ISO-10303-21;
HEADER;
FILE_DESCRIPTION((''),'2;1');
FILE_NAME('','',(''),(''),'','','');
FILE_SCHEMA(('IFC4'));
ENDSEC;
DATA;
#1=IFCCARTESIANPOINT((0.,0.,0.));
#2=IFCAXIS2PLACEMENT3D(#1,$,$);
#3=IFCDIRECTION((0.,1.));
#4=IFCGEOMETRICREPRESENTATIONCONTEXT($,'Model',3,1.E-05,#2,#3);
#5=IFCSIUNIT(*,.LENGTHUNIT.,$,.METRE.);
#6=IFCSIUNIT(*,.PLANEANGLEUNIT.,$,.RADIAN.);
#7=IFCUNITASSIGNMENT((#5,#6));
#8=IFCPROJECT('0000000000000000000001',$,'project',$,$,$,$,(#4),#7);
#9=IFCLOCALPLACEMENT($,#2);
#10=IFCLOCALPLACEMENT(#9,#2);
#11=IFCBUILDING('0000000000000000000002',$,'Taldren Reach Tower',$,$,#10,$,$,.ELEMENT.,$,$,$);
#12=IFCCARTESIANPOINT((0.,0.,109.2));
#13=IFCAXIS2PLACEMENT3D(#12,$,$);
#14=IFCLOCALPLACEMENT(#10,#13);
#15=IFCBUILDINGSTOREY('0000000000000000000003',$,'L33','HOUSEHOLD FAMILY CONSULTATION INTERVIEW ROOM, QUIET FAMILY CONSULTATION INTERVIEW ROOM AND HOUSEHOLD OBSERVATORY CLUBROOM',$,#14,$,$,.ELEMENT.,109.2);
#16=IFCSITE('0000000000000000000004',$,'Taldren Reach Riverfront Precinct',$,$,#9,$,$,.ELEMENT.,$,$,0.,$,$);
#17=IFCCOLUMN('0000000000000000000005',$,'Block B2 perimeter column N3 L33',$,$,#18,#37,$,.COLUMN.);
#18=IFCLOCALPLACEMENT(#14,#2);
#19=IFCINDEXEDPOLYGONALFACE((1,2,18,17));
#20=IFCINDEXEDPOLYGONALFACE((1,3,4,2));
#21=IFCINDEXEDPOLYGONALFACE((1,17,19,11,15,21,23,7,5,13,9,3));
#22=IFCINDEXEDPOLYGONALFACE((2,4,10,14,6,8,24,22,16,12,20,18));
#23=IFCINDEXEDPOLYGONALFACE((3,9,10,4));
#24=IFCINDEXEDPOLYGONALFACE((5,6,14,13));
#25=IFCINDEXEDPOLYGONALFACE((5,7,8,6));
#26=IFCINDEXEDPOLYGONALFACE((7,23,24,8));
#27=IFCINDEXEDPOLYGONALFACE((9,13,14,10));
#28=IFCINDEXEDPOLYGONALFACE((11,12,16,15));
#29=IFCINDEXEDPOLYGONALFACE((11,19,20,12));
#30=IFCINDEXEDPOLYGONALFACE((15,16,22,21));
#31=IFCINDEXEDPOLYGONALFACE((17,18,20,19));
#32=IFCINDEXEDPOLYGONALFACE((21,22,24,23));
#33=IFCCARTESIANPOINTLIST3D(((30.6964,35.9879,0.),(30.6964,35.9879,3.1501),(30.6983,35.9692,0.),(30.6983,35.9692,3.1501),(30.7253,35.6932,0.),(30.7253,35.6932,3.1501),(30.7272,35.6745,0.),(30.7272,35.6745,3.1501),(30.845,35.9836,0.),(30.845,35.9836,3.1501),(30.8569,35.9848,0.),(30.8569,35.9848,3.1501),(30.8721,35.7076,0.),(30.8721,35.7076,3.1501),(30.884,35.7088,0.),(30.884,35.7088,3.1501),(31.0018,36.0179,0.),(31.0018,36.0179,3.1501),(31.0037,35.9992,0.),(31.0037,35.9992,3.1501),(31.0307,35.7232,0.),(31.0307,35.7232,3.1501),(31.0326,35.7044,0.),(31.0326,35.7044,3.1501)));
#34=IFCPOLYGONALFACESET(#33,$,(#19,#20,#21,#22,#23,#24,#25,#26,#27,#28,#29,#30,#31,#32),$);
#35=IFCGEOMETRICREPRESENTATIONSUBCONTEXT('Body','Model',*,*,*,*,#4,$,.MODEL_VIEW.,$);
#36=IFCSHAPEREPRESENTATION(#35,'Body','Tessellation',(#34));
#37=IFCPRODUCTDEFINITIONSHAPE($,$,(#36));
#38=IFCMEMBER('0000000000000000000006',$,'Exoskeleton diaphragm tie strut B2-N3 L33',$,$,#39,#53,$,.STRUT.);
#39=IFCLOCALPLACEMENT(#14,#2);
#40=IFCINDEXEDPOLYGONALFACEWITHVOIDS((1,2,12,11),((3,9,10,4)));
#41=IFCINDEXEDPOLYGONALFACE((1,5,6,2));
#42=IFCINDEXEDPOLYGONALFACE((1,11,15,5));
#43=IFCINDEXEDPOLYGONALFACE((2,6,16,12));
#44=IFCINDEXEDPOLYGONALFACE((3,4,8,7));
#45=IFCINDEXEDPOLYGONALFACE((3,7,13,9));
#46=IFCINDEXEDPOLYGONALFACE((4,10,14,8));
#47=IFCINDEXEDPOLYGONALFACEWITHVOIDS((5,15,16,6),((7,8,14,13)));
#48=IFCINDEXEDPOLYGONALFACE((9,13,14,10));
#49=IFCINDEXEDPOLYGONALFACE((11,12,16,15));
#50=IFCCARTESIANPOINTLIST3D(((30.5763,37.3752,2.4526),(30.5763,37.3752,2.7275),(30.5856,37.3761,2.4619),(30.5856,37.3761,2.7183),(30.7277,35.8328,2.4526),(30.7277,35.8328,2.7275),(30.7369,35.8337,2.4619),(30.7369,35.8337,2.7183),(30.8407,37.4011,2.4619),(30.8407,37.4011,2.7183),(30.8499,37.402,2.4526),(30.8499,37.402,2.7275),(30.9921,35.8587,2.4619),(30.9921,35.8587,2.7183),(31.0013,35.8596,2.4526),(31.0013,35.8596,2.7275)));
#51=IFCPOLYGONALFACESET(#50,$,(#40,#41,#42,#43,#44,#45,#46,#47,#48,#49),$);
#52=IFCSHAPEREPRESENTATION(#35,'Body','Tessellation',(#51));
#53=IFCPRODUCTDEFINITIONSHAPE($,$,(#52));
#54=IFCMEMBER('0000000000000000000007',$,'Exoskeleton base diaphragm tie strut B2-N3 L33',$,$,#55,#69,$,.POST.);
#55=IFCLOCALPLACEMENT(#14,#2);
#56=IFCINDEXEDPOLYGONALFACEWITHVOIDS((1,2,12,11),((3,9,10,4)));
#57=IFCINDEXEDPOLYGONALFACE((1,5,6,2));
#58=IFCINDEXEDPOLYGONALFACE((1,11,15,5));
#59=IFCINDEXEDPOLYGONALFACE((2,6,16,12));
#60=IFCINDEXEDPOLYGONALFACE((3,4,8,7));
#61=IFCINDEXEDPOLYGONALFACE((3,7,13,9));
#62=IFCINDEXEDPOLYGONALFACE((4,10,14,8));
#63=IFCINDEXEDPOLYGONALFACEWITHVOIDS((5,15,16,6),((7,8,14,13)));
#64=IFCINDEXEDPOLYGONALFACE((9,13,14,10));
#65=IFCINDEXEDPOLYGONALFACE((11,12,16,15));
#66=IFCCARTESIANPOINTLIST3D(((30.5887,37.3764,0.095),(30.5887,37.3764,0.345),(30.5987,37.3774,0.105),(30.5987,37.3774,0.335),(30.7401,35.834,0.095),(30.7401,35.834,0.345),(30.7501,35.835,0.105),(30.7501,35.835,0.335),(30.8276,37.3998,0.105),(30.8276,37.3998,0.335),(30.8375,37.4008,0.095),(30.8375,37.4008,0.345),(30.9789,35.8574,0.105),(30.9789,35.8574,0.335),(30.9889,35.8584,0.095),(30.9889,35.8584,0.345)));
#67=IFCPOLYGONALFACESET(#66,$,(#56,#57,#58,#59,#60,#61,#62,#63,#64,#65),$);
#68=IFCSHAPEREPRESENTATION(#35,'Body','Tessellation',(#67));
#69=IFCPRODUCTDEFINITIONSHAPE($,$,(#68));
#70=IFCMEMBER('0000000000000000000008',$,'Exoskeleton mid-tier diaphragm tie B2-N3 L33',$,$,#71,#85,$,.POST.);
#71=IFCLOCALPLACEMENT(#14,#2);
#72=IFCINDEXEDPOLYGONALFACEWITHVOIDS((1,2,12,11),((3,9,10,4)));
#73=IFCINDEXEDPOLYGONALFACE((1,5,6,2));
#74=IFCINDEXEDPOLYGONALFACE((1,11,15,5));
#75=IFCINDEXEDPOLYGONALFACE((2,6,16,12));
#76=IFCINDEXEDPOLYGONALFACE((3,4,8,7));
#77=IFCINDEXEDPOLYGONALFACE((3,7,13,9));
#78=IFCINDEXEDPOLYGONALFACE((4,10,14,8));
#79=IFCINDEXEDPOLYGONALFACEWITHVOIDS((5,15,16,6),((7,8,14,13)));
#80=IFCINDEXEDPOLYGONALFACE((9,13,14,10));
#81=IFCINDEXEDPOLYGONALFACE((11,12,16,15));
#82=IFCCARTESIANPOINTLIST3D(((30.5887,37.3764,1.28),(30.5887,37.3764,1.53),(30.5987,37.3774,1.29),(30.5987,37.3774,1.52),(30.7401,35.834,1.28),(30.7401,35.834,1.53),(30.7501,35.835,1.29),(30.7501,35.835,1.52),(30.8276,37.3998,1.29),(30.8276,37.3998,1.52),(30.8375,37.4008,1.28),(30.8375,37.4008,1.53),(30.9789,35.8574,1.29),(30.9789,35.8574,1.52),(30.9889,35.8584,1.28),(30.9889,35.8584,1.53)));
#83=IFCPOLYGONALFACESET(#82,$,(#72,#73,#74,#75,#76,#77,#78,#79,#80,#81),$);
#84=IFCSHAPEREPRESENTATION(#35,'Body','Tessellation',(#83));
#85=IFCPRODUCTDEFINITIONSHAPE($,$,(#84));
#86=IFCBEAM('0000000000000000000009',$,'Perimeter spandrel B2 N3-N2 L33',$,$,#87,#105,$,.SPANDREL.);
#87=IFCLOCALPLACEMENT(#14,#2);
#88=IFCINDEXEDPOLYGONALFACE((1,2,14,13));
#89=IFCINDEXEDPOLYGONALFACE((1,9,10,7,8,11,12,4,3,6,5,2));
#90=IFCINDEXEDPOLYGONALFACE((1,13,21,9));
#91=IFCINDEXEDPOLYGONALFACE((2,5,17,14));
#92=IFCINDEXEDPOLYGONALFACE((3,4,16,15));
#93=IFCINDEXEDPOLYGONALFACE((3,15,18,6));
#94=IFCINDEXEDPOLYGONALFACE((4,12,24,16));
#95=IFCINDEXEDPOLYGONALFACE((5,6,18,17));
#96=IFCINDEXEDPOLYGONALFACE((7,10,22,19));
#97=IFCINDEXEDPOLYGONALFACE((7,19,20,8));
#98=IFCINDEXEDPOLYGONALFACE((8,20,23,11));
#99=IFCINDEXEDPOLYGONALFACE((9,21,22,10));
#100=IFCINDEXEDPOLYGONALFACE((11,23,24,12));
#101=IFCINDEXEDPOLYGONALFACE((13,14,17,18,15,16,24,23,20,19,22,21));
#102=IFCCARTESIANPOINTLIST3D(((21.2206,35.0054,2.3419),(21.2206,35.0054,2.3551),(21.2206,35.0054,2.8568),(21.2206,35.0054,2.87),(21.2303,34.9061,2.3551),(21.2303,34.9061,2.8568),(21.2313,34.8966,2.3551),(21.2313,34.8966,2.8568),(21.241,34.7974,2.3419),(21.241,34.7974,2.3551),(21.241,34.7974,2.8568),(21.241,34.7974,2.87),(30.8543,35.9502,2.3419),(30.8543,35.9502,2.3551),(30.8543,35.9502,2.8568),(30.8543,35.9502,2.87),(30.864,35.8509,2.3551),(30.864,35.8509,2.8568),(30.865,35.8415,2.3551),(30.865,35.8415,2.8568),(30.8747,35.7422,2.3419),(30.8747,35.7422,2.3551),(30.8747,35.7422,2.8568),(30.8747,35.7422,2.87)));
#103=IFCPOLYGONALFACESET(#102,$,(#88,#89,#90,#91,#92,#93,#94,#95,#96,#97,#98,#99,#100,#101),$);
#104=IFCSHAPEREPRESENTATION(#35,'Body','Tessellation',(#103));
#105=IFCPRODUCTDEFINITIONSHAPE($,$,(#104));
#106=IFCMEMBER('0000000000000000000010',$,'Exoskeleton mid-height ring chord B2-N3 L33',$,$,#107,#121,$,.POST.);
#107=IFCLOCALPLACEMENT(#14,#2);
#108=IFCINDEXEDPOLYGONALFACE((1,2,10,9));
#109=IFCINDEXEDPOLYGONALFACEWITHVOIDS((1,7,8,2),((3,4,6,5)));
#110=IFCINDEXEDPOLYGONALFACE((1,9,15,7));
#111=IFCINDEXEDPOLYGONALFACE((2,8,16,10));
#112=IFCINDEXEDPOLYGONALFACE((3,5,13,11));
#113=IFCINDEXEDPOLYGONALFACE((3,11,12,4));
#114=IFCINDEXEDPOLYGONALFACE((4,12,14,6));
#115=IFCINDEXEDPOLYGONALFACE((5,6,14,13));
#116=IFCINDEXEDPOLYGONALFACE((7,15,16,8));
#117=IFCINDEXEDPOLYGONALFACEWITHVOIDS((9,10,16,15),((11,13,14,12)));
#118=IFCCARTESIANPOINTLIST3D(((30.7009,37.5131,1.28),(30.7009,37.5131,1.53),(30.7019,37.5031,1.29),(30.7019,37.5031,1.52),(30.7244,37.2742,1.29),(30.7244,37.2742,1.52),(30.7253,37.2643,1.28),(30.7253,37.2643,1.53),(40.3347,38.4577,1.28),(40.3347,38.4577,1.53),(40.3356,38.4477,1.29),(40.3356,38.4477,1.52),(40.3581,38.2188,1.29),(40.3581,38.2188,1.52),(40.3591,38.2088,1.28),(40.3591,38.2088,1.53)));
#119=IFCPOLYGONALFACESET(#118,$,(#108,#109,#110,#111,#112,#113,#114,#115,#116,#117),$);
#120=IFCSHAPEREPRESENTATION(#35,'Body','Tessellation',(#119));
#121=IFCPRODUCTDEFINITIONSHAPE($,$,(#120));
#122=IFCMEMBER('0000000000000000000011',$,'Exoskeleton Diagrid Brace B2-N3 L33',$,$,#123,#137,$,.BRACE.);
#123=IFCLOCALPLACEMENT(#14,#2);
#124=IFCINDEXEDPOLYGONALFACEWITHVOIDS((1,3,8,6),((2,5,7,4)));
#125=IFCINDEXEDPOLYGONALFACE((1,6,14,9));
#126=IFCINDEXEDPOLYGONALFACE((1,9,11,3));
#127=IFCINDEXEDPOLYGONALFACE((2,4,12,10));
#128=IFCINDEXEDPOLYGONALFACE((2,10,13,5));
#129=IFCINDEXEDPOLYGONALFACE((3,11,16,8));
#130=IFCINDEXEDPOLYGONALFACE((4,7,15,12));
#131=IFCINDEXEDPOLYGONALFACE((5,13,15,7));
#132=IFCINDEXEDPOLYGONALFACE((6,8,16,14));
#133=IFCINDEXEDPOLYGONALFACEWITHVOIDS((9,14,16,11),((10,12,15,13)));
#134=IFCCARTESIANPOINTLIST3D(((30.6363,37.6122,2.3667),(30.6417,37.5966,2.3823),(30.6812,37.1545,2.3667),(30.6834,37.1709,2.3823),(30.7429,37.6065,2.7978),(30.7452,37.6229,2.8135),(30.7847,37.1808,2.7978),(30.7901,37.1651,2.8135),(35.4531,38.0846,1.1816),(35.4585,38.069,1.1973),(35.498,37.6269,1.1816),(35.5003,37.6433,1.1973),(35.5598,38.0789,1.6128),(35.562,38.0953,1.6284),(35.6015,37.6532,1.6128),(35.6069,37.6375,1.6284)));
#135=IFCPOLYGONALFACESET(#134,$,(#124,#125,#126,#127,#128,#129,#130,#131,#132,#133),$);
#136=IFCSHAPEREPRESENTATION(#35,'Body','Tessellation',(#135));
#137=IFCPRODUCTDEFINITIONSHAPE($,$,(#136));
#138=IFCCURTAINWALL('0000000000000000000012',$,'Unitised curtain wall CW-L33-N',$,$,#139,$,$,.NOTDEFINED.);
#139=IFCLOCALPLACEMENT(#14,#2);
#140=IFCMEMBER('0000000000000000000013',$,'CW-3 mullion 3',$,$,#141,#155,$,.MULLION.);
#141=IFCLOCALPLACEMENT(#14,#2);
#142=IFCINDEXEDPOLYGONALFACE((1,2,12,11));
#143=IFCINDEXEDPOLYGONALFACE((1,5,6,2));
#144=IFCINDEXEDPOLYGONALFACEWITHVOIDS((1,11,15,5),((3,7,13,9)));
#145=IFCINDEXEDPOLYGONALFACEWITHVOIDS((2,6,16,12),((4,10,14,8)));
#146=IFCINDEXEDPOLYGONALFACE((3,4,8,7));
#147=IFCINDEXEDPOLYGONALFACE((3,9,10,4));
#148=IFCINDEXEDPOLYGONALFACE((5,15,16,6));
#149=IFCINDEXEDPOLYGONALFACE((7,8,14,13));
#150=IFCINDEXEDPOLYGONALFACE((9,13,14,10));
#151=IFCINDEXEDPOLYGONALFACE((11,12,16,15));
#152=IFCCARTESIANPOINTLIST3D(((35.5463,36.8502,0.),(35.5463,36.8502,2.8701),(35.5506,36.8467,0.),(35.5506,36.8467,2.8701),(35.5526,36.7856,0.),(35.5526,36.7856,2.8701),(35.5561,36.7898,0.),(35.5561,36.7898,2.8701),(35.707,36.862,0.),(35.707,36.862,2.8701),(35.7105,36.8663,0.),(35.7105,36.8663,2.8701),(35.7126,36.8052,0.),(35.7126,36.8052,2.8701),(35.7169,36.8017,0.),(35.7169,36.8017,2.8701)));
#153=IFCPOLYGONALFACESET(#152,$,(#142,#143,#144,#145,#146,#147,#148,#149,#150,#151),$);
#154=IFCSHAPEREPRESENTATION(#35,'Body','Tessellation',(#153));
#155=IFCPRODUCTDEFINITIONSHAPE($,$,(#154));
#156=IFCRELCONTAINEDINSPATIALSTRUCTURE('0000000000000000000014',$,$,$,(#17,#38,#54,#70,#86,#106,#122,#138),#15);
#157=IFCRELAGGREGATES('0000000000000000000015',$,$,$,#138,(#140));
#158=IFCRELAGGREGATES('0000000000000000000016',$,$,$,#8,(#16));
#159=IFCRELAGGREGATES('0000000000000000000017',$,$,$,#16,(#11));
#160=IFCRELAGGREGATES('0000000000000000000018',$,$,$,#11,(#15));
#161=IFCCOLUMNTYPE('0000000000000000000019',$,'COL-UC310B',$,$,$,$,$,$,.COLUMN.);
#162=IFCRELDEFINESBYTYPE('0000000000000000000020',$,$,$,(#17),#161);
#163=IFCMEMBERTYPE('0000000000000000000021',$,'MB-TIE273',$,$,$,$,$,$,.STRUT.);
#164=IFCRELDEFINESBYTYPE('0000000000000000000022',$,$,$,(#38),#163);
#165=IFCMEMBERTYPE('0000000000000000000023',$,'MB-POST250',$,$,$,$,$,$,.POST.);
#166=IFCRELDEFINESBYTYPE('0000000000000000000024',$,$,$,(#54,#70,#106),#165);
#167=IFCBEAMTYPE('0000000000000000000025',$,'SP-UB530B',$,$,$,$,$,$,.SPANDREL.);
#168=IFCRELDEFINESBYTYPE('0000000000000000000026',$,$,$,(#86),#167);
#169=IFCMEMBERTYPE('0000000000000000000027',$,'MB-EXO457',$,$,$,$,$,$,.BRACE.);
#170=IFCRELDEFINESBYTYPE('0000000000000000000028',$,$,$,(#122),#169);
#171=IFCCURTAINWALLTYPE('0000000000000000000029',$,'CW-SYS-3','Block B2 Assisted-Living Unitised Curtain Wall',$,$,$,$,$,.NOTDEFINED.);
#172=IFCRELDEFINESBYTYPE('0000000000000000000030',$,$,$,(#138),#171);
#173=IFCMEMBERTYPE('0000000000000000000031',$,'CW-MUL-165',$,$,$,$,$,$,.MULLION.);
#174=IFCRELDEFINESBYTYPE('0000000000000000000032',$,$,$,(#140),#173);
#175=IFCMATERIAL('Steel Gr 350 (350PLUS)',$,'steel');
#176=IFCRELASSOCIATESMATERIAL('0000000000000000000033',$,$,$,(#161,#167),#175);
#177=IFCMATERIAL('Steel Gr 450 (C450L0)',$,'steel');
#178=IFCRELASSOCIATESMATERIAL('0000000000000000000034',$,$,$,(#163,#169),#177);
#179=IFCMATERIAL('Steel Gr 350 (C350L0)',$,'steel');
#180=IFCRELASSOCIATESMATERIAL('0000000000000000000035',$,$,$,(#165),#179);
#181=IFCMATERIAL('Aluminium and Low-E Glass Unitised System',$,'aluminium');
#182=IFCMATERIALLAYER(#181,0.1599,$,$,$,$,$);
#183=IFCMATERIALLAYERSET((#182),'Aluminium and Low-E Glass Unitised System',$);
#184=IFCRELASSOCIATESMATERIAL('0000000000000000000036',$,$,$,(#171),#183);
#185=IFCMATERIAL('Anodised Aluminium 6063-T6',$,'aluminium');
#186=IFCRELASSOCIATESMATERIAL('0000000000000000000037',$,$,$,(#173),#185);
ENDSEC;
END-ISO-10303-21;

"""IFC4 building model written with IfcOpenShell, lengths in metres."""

from ifc_helpers import new_model, si_unit, direction, frame, origin, origin_2d, place, context, subcontext, project, spatial, hollow_rectangle, i_section, extrude, source, transform, mapped, material, layer, layer_set, material_profile, profile_set, type_object, element, aggregate, save


model = new_model("IFC4")

# Units and contexts
model_context = context("Model", 3, precision=1e-05, world=origin(), true_north=direction((0.0, 1.0)))
body_context = subcontext(model_context, "Body", "Model", "MODEL_VIEW")
ifc_project = project(units=[si_unit("LENGTHUNIT", "METRE"), si_unit("PLANEANGLEUNIT", "RADIAN")], contexts=[model_context])

# Site, building, storey
site_placement = place(None, origin())
site = spatial("IfcSite", under=ifc_project, at=site_placement, Name="Taldren Reach Riverfront Precinct", CompositionType="ELEMENT", RefElevation=0.0)
building_placement = place(site_placement, origin())
building = spatial("IfcBuilding", under=site, at=building_placement, Name="Taldren Reach Tower", CompositionType="ELEMENT")
storey_placement = place(building_placement, frame((0.0, 0.0, 109.2)))
storey = spatial("IfcBuildingStorey", under=building, at=storey_placement, Name="L33", Description="HOUSEHOLD FAMILY CONSULTATION INTERVIEW ROOM, QUIET FAMILY CONSULTATION INTERVIEW ROOM AND HOUSEHOLD OBSERVATORY CLUBROOM", CompositionType="ELEMENT", Elevation=109.2)

# Column
ifc_material_1 = material(Name="Steel Gr 350 (350PLUS)", Category="steel")
ifc_material_profile_1 = material_profile(ifc_material_1, i_section(OverallWidth=0.3069, OverallDepth=0.3149, WebThickness=0.012, FlangeThickness=0.0188, at=origin_2d()), Name="310UC118")
ifc_profile_set_1 = profile_set([ifc_material_profile_1], Name="Steel Gr 350 (350PLUS)")
column_type = type_object("IfcColumnType", Name="COL-UC310B", PredefinedType="COLUMN", material=ifc_profile_set_1)
shared_shape_1 = source(origin(), body_context, "Body", "SweptSolid", [
    extrude(i_section(OverallWidth=0.3069, OverallDepth=0.3149, WebThickness=0.012, FlangeThickness=0.0188, at=origin_2d()), origin(), (0.0, 0.0, 1.0), 3.1501),
])
column_placement = place(storey_placement, frame((30.8645, 35.8462, 0.0), z_axis=(0.0, 0.0, 1.0), x_axis=(0.995227, 0.097583, 0.0)))
element("IfcColumn", 1, at=column_placement, inside=storey, type_object=column_type, Name="Block B2 perimeter column N3 L33", PredefinedType="COLUMN", context=body_context, shape_type="MappedRepresentation", body=[
    mapped(shared_shape_1, transform((0.0, 0.0, 0.0), scale=1.0)),
])

# Members
ifc_material_2 = material(Name="Steel Gr 450 (C450L0)", Category="steel")
ifc_material_profile_2 = material_profile(ifc_material_2, hollow_rectangle(XDim=0.2749, YDim=0.2749, WallThickness=0.0093, at=origin_2d()), Name="275x275x9.3SHS")
ifc_profile_set_2 = profile_set([ifc_material_profile_2], Name="Steel Gr 450 (C450L0)")
member_type_1 = type_object("IfcMemberType", Name="MB-TIE273", PredefinedType="STRUT", material=ifc_profile_set_2)
shared_shape_2 = source(origin(), body_context, "Body", "SweptSolid", [
    extrude(hollow_rectangle(XDim=0.2749, YDim=0.2749, WallThickness=0.0093, at=origin_2d()), origin(), (0.0, 0.0, 1.0), 1.5498),
])
member_1_placement = place(storey_placement, frame((30.8645, 35.8462, 2.5901), z_axis=(-0.097663, 0.99522, 0.0), x_axis=(-0.99522, -0.097663, 0.0)))
element("IfcMember", 2, at=member_1_placement, inside=storey, type_object=member_type_1, Name="Exoskeleton diaphragm tie strut B2-N3 L33", PredefinedType="STRUT", context=body_context, shape_type="MappedRepresentation", body=[
    mapped(shared_shape_2, transform((0.0, 0.0, 0.0), scale=1.0)),
])
ifc_material_3 = material(Name="Steel Gr 350 (C350L0)", Category="steel")
ifc_material_profile_3 = material_profile(ifc_material_3, hollow_rectangle(XDim=0.25, YDim=0.25, WallThickness=0.01, at=origin_2d()), Name="250x250x10.0SHS")
ifc_profile_set_3 = profile_set([ifc_material_profile_3], Name="Steel Gr 350 (C350L0)")
member_type_2 = type_object("IfcMemberType", Name="MB-POST250", PredefinedType="POST", material=ifc_profile_set_3)
shared_shape_3 = source(origin(), body_context, "Body", "SweptSolid", [
    extrude(hollow_rectangle(XDim=0.25, YDim=0.25, WallThickness=0.01, at=origin_2d()), origin(), (0.0, 0.0, 1.0), 1.5498),
])
for number, where, z_axis, x_axis, name in (
    (3, (30.8645, 35.8462, 0.22), (-0.097663, 0.99522, 0.0), (-0.99522, -0.097663, 0.0), "Exoskeleton base diaphragm tie strut B2-N3 L33"),
    (4, (30.8645, 35.8462, 1.405), (-0.097663, 0.99522, 0.0), (-0.99522, -0.097663, 0.0), "Exoskeleton mid-tier diaphragm tie B2-N3 L33"),
):
    element("IfcMember", number, at=place(storey_placement, frame(where, z_axis=z_axis, x_axis=x_axis)), inside=storey, type_object=member_type_2, Name=name, PredefinedType="POST", context=body_context, shape_type="MappedRepresentation", body=[
        mapped(shared_shape_3, transform((0.0, 0.0, 0.0), scale=1.0)),
    ])

# Beam
ifc_material_profile_4 = material_profile(ifc_material_1, i_section(OverallWidth=0.209, OverallDepth=0.5281, WebThickness=0.0095, FlangeThickness=0.0132, at=origin_2d()), Name="530UB82.0")
ifc_profile_set_4 = profile_set([ifc_material_profile_4], Name="Steel Gr 350 (350PLUS)")
beam_type = type_object("IfcBeamType", Name="SP-UB530B", PredefinedType="SPANDREL", material=ifc_profile_set_4)
shared_shape_4 = source(origin(), body_context, "Body", "SweptSolid", [
    extrude(i_section(OverallWidth=0.209, OverallDepth=0.5281, WebThickness=0.0095, FlangeThickness=0.0132, at=origin_2d()), origin(), (0.0, 0.0, 1.0), 9.6799),
])
beam_placement = place(storey_placement, frame((30.8645, 35.8462, 2.606), z_axis=(-0.995225, -0.097606, 0.0), x_axis=(0.097606, -0.995225, 0.0)))
element("IfcBeam", 5, at=beam_placement, inside=storey, type_object=beam_type, Name="Perimeter spandrel B2 N3-N2 L33", PredefinedType="SPANDREL", context=body_context, shape_type="MappedRepresentation", body=[
    mapped(shared_shape_4, transform((0.0, 0.0, 0.0), scale=1.0)),
])

# Members
shared_shape_5 = source(origin(), body_context, "Body", "SweptSolid", [
    extrude(hollow_rectangle(XDim=0.25, YDim=0.25, WallThickness=0.01, at=origin_2d()), origin(), (0.0, 0.0, 1.0), 9.6799),
])
member_2_placement = place(storey_placement, frame((30.7131, 37.3887, 1.405), z_axis=(0.995228, 0.097581, 0.0), x_axis=(-0.097581, 0.995228, 0.0)))
element("IfcMember", 6, at=member_2_placement, inside=storey, type_object=member_type_2, Name="Exoskeleton mid-height ring chord B2-N3 L33", PredefinedType="POST", context=body_context, shape_type="MappedRepresentation", body=[
    mapped(shared_shape_5, transform((0.0, 0.0, 0.0), scale=1.0)),
])
ifc_material_profile_5 = material_profile(ifc_material_2, hollow_rectangle(XDim=0.46, YDim=0.46, WallThickness=0.0161, at=origin_2d()), Name="460x460x16.0SHS")
ifc_profile_set_5 = profile_set([ifc_material_profile_5], Name="Steel Gr 450 (C450L0)")
member_type_3 = type_object("IfcMemberType", Name="MB-EXO457", PredefinedType="BRACE", material=ifc_profile_set_5)
shared_shape_6 = source(origin(), body_context, "Body", "SweptSolid", [
    extrude(hollow_rectangle(XDim=0.46, YDim=0.46, WallThickness=0.0161, at=origin_2d()), origin(), (0.0, 0.0, 1.0), 4.9829),
])
member_3_placement = place(storey_placement, frame((35.53, 37.8611, 1.405), z_axis=(-0.966671, -0.094805, 0.237822), x_axis=(0.097606, -0.995225, 0.0)))
element("IfcMember", 7, at=member_3_placement, inside=storey, type_object=member_type_3, Name="Exoskeleton Diagrid Brace B2-N3 L33", PredefinedType="BRACE", context=body_context, shape_type="MappedRepresentation", body=[
    mapped(shared_shape_6, transform((0.0, 0.0, 0.0), scale=1.0)),
])

# Curtain wall, member
ifc_material_4 = material(Name="Aluminium and Low-E Glass Unitised System", Category="aluminium")
ifc_layer_1 = layer(ifc_material_4, 0.1599)
ifc_layer_set_1 = layer_set([ifc_layer_1], Name="Aluminium and Low-E Glass Unitised System")
curtain_wall_type = type_object("IfcCurtainWallType", Name="CW-SYS-3", Description="Block B2 Assisted-Living Unitised Curtain Wall", PredefinedType="NOTDEFINED", material=ifc_layer_set_1)
curtain_wall_placement = place(storey_placement, origin())
curtain_wall = element("IfcCurtainWall", 8, at=curtain_wall_placement, inside=storey, type_object=curtain_wall_type, Name="Unitised curtain wall CW-L33-N", PredefinedType="NOTDEFINED")
ifc_material_5 = material(Name="Anodised Aluminium 6063-T6", Category="aluminium")
ifc_material_profile_6 = material_profile(ifc_material_5, hollow_rectangle(XDim=0.0649, YDim=0.165, WallThickness=0.0039, at=origin_2d()), Name="ALU-165x65x4RHS")
ifc_profile_set_6 = profile_set([ifc_material_profile_6], Name="Anodised Aluminium 6063-T6")
member_type_4 = type_object("IfcMemberType", Name="CW-MUL-165", PredefinedType="MULLION", material=ifc_profile_set_6)
shared_shape_7 = source(origin(), body_context, "Body", "SweptSolid", [
    extrude(hollow_rectangle(XDim=0.0649, YDim=0.165, WallThickness=0.0039, at=origin_2d()), origin(), (0.0, 0.0, 1.0), 2.8701),
])
member_4_placement = place(storey_placement, frame((35.6316, 36.8259, 0.0), z_axis=(0.0, 0.0, 1.0), x_axis=(0.097583, -0.995227, 0.0)))
member_4 = element("IfcMember", 9, at=member_4_placement, type_object=member_type_4, Name="CW-3 mullion 3", PredefinedType="MULLION", context=body_context, shape_type="MappedRepresentation", body=[
    mapped(shared_shape_7, transform((0.0, 0.0, 0.0), scale=1.0)),
])

aggregate(curtain_wall, [member_4])

save(model, "model.ifc")
